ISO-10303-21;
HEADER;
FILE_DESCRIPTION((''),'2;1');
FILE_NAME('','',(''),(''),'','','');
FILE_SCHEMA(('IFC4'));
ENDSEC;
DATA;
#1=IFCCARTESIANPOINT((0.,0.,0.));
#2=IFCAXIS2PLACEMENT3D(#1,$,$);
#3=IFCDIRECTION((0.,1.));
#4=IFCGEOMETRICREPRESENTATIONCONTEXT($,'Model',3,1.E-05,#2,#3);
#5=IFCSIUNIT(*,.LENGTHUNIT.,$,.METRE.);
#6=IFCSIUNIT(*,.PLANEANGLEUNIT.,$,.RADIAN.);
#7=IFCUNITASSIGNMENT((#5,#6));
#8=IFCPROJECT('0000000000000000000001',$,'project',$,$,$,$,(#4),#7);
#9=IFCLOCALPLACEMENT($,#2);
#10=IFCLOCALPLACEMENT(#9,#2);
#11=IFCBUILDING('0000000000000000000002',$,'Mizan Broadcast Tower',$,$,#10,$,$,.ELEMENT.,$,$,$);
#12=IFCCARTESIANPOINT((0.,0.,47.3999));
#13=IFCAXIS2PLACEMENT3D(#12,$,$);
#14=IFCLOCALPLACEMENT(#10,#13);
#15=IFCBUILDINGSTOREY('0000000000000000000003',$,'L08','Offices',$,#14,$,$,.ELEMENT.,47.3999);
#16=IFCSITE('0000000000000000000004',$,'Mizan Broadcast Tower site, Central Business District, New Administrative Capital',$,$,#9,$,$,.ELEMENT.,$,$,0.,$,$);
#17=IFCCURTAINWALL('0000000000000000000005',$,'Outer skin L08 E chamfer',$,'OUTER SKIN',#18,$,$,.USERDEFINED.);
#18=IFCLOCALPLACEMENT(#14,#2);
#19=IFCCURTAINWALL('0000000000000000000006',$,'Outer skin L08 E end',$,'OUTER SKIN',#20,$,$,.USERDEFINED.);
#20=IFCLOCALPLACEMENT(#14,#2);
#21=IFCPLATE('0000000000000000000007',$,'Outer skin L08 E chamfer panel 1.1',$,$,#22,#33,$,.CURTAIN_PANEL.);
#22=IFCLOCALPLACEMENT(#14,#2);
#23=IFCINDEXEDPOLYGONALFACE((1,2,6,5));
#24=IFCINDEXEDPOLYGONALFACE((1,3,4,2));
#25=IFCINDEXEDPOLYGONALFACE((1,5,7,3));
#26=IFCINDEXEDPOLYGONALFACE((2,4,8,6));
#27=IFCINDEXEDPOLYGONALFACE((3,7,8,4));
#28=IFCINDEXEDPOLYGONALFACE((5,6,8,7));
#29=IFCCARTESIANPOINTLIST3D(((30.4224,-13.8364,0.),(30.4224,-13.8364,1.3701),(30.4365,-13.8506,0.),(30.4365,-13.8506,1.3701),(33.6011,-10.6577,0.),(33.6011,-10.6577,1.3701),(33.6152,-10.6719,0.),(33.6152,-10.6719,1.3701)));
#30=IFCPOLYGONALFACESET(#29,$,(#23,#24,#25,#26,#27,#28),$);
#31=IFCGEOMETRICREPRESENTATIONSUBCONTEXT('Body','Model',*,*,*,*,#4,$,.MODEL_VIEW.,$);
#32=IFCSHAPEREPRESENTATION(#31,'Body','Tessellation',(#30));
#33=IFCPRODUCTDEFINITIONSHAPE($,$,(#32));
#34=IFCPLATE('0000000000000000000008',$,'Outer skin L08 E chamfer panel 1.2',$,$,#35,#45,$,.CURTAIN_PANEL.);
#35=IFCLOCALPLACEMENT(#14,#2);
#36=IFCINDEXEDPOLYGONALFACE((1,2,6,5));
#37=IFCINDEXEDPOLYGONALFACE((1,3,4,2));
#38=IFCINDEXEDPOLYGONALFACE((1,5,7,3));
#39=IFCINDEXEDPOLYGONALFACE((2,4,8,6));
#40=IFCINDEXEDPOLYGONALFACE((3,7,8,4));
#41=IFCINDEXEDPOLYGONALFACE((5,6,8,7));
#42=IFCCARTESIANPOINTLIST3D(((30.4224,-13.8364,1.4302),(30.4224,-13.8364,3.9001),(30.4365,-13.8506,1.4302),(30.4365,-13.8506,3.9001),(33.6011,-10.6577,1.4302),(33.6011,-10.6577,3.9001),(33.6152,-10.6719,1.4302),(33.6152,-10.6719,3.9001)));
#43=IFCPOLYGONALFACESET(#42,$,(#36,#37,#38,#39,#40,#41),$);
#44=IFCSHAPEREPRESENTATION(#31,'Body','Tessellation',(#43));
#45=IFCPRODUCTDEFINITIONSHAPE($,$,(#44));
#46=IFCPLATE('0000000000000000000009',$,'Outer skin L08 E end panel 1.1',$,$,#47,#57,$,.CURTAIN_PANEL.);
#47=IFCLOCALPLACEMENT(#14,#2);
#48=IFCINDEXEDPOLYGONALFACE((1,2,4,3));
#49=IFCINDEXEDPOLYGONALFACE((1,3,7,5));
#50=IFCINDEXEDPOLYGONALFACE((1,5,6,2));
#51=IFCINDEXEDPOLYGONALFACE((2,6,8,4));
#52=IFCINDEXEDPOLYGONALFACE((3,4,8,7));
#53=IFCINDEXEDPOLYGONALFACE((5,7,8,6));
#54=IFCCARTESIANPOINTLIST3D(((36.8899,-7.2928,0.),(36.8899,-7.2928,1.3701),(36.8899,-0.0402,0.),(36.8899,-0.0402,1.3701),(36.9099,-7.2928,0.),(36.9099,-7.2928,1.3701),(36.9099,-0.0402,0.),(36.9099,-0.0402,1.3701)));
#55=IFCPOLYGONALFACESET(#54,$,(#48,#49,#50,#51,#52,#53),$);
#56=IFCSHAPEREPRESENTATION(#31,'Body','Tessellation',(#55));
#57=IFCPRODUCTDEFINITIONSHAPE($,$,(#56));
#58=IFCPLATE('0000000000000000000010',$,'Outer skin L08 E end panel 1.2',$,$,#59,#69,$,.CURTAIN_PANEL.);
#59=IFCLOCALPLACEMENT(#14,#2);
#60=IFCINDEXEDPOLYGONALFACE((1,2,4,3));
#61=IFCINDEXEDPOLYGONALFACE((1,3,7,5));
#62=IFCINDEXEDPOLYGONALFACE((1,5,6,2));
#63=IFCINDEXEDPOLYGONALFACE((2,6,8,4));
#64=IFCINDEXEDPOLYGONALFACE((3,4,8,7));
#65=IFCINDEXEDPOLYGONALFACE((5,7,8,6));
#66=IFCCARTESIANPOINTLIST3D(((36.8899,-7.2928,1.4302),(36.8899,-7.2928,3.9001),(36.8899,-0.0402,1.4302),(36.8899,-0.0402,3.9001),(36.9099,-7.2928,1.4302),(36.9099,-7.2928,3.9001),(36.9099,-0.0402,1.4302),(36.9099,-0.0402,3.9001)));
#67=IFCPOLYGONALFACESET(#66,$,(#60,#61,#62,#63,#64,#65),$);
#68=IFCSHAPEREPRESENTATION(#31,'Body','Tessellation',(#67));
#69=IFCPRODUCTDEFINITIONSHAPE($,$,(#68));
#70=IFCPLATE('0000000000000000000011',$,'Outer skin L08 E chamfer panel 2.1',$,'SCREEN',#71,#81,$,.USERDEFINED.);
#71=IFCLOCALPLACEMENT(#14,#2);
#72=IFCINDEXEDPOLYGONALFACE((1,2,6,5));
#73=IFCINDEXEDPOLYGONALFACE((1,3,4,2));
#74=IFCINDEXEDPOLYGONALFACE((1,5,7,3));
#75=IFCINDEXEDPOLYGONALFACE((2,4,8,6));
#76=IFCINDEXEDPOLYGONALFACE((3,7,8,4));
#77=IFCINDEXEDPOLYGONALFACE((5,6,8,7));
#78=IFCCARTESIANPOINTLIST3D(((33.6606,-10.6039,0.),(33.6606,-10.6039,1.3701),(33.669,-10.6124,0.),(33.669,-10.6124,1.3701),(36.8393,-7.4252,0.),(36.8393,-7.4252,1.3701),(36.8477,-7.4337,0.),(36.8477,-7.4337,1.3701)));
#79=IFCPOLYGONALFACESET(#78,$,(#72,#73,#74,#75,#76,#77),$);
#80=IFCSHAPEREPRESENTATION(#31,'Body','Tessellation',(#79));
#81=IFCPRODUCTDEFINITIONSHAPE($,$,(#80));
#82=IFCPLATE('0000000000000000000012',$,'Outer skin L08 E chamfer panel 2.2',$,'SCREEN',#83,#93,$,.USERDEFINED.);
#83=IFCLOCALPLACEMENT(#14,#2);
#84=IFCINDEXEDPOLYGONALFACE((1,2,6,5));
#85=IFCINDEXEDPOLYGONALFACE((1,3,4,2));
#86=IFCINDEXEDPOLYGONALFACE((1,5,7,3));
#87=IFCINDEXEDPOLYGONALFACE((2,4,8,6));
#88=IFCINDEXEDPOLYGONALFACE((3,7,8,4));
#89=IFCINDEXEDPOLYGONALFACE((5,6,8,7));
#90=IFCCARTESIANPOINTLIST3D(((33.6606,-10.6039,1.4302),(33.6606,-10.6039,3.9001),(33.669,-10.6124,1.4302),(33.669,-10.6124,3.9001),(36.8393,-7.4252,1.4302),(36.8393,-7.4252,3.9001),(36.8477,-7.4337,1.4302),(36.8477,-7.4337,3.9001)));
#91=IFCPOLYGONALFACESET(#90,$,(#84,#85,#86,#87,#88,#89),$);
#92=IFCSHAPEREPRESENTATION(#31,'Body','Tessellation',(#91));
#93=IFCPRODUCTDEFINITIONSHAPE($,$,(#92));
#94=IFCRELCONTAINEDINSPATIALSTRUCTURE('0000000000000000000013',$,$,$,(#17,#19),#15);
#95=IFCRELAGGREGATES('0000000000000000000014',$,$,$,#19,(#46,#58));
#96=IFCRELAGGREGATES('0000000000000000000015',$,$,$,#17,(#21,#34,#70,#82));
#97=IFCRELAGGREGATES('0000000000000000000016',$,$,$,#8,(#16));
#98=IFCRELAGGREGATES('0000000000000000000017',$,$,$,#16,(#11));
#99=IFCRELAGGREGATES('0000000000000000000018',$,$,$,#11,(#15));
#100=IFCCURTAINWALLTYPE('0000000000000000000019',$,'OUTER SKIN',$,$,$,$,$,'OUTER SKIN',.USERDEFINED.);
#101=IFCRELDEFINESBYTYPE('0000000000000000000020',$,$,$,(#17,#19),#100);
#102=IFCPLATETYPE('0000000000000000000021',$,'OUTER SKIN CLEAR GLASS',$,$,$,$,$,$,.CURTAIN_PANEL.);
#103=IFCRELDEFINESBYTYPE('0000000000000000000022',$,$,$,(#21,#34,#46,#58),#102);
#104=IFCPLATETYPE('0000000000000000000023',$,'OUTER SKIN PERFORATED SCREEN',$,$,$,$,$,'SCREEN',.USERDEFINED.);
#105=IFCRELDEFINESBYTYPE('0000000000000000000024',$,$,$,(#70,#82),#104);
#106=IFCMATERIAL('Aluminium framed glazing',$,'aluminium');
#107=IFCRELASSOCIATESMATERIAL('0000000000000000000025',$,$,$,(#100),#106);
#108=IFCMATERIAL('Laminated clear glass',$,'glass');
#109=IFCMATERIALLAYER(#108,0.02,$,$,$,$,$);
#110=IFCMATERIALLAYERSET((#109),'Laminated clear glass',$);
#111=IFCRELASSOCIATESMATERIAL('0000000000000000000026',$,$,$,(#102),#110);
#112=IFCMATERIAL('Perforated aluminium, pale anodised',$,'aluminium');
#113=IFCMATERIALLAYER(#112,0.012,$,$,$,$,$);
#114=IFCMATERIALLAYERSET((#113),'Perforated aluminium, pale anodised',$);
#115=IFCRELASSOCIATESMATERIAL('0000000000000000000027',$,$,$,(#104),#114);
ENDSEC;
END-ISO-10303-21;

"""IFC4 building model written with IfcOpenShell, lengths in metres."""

from ifc_helpers import new_model, si_unit, direction, frame, origin, origin_2d, place, context, subcontext, project, spatial, rectangle, extrude, material, layer, layer_set, type_object, element, aggregate, save


model = new_model("IFC4")

# Units and contexts
model_context = context("Model", 3, precision=1e-05, world=origin(), true_north=direction((0.0, 1.0)))
body_context = subcontext(model_context, "Body", "Model", "MODEL_VIEW")
ifc_project = project(units=[si_unit("LENGTHUNIT", "METRE"), si_unit("PLANEANGLEUNIT", "RADIAN")], contexts=[model_context])

# Site, building, storey
site_placement = place(None, origin())
site = spatial("IfcSite", under=ifc_project, at=site_placement, Name="Mizan Broadcast Tower site, Central Business District, New Administrative Capital", CompositionType="ELEMENT", RefElevation=0.0)
building_placement = place(site_placement, origin())
building = spatial("IfcBuilding", under=site, at=building_placement, Name="Mizan Broadcast Tower", CompositionType="ELEMENT")
storey_placement = place(building_placement, frame((0.0, 0.0, 47.3999)))
storey = spatial("IfcBuildingStorey", under=building, at=storey_placement, Name="L08", Description="Offices", CompositionType="ELEMENT", Elevation=47.3999)

# Curtain wall
ifc_material_1 = material(Name="Aluminium framed glazing", Category="aluminium")
curtain_wall_type_1 = type_object("IfcCurtainWallType", Name="OUTER SKIN", ElementType="OUTER SKIN", PredefinedType="USERDEFINED", material=ifc_material_1)
curtain_wall_1_placement = place(storey_placement, origin())
curtain_wall_1 = element("IfcCurtainWall", 1, at=curtain_wall_1_placement, inside=storey, type_object=curtain_wall_type_1, Name="Outer skin L08 E chamfer", ObjectType="OUTER SKIN", PredefinedType="USERDEFINED")

# Curtain wall
curtain_wall_2_placement = place(storey_placement, origin())
curtain_wall_2 = element("IfcCurtainWall", 2, at=curtain_wall_2_placement, inside=storey, type_object=curtain_wall_type_1, Name="Outer skin L08 E end", ObjectType="OUTER SKIN", PredefinedType="USERDEFINED")

# Plates
ifc_material_2 = material(Name="Laminated clear glass", Category="glass")
ifc_layer_1 = layer(ifc_material_2, 0.02)
ifc_layer_set_1 = layer_set([ifc_layer_1], Name="Laminated clear glass")
plate_type_1 = type_object("IfcPlateType", Name="OUTER SKIN CLEAR GLASS", PredefinedType="CURTAIN_PANEL", material=ifc_layer_set_1)
plate_1_placement = place(storey_placement, frame((32.0188, -12.2542, 0.0), z_axis=(0.0, 0.0, 1.0), x_axis=(0.707107, 0.707107, 0.0)))
plate_1 = element("IfcPlate", 3, at=plate_1_placement, type_object=plate_type_1, Name="Outer skin L08 E chamfer panel 1.1", PredefinedType="CURTAIN_PANEL", context=body_context, shape_type="SweptSolid", body=[
    extrude(rectangle(XDim=4.4954, YDim=0.02, at=origin_2d()), origin(), (0.0, 0.0, 1.0), 1.3701),
])
plate_2_placement = place(storey_placement, frame((32.0188, -12.2542, 1.4302), z_axis=(0.0, 0.0, 1.0), x_axis=(0.707107, 0.707107, 0.0)))
plate_2 = element("IfcPlate", 4, at=plate_2_placement, type_object=plate_type_1, Name="Outer skin L08 E chamfer panel 1.2", PredefinedType="CURTAIN_PANEL", context=body_context, shape_type="SweptSolid", body=[
    extrude(rectangle(XDim=4.4954, YDim=0.02, at=origin_2d()), origin(), (0.0, 0.0, 1.0), 2.47),
])
plate_3_placement = place(storey_placement, frame((36.8999, -3.6665, 0.0), z_axis=(0.0, 0.0, 1.0), x_axis=(0.0, 1.0, 0.0)))
plate_3 = element("IfcPlate", 5, at=plate_3_placement, type_object=plate_type_1, Name="Outer skin L08 E end panel 1.1", PredefinedType="CURTAIN_PANEL", context=body_context, shape_type="SweptSolid", body=[
    extrude(rectangle(XDim=7.2527, YDim=0.02, at=origin_2d()), origin(), (0.0, 0.0, 1.0), 1.3701),
])
plate_4_placement = place(storey_placement, frame((36.8999, -3.6665, 1.4302), z_axis=(0.0, 0.0, 1.0), x_axis=(0.0, 1.0, 0.0)))
plate_4 = element("IfcPlate", 6, at=plate_4_placement, type_object=plate_type_1, Name="Outer skin L08 E end panel 1.2", PredefinedType="CURTAIN_PANEL", context=body_context, shape_type="SweptSolid", body=[
    extrude(rectangle(XDim=7.2527, YDim=0.02, at=origin_2d()), origin(), (0.0, 0.0, 1.0), 2.47),
])
aggregate(curtain_wall_2, [plate_3, plate_4])
ifc_material_3 = material(Name="Perforated aluminium, pale anodised", Category="aluminium")
ifc_layer_2 = layer(ifc_material_3, 0.012)
ifc_layer_set_2 = layer_set([ifc_layer_2], Name="Perforated aluminium, pale anodised")
plate_type_2 = type_object("IfcPlateType", Name="OUTER SKIN PERFORATED SCREEN", ElementType="SCREEN", PredefinedType="USERDEFINED", material=ifc_layer_set_2)
plate_5_placement = place(storey_placement, frame((35.2542, -9.0188, 0.0), z_axis=(0.0, 0.0, 1.0), x_axis=(0.707107, 0.707107, 0.0)))
plate_5 = element("IfcPlate", 7, at=plate_5_placement, type_object=plate_type_2, Name="Outer skin L08 E chamfer panel 2.1", ObjectType="SCREEN", PredefinedType="USERDEFINED", context=body_context, shape_type="SweptSolid", body=[
    extrude(rectangle(XDim=4.4954, YDim=0.012, at=origin_2d()), origin(), (0.0, 0.0, 1.0), 1.3701),
])
plate_6_placement = place(storey_placement, frame((35.2542, -9.0188, 1.4302), z_axis=(0.0, 0.0, 1.0), x_axis=(0.707107, 0.707107, 0.0)))
plate_6 = element("IfcPlate", 8, at=plate_6_placement, type_object=plate_type_2, Name="Outer skin L08 E chamfer panel 2.2", ObjectType="SCREEN", PredefinedType="USERDEFINED", context=body_context, shape_type="SweptSolid", body=[
    extrude(rectangle(XDim=4.4954, YDim=0.012, at=origin_2d()), origin(), (0.0, 0.0, 1.0), 2.47),
])
aggregate(curtain_wall_1, [plate_1, plate_2, plate_5, plate_6])

save(model, "model.ifc")
